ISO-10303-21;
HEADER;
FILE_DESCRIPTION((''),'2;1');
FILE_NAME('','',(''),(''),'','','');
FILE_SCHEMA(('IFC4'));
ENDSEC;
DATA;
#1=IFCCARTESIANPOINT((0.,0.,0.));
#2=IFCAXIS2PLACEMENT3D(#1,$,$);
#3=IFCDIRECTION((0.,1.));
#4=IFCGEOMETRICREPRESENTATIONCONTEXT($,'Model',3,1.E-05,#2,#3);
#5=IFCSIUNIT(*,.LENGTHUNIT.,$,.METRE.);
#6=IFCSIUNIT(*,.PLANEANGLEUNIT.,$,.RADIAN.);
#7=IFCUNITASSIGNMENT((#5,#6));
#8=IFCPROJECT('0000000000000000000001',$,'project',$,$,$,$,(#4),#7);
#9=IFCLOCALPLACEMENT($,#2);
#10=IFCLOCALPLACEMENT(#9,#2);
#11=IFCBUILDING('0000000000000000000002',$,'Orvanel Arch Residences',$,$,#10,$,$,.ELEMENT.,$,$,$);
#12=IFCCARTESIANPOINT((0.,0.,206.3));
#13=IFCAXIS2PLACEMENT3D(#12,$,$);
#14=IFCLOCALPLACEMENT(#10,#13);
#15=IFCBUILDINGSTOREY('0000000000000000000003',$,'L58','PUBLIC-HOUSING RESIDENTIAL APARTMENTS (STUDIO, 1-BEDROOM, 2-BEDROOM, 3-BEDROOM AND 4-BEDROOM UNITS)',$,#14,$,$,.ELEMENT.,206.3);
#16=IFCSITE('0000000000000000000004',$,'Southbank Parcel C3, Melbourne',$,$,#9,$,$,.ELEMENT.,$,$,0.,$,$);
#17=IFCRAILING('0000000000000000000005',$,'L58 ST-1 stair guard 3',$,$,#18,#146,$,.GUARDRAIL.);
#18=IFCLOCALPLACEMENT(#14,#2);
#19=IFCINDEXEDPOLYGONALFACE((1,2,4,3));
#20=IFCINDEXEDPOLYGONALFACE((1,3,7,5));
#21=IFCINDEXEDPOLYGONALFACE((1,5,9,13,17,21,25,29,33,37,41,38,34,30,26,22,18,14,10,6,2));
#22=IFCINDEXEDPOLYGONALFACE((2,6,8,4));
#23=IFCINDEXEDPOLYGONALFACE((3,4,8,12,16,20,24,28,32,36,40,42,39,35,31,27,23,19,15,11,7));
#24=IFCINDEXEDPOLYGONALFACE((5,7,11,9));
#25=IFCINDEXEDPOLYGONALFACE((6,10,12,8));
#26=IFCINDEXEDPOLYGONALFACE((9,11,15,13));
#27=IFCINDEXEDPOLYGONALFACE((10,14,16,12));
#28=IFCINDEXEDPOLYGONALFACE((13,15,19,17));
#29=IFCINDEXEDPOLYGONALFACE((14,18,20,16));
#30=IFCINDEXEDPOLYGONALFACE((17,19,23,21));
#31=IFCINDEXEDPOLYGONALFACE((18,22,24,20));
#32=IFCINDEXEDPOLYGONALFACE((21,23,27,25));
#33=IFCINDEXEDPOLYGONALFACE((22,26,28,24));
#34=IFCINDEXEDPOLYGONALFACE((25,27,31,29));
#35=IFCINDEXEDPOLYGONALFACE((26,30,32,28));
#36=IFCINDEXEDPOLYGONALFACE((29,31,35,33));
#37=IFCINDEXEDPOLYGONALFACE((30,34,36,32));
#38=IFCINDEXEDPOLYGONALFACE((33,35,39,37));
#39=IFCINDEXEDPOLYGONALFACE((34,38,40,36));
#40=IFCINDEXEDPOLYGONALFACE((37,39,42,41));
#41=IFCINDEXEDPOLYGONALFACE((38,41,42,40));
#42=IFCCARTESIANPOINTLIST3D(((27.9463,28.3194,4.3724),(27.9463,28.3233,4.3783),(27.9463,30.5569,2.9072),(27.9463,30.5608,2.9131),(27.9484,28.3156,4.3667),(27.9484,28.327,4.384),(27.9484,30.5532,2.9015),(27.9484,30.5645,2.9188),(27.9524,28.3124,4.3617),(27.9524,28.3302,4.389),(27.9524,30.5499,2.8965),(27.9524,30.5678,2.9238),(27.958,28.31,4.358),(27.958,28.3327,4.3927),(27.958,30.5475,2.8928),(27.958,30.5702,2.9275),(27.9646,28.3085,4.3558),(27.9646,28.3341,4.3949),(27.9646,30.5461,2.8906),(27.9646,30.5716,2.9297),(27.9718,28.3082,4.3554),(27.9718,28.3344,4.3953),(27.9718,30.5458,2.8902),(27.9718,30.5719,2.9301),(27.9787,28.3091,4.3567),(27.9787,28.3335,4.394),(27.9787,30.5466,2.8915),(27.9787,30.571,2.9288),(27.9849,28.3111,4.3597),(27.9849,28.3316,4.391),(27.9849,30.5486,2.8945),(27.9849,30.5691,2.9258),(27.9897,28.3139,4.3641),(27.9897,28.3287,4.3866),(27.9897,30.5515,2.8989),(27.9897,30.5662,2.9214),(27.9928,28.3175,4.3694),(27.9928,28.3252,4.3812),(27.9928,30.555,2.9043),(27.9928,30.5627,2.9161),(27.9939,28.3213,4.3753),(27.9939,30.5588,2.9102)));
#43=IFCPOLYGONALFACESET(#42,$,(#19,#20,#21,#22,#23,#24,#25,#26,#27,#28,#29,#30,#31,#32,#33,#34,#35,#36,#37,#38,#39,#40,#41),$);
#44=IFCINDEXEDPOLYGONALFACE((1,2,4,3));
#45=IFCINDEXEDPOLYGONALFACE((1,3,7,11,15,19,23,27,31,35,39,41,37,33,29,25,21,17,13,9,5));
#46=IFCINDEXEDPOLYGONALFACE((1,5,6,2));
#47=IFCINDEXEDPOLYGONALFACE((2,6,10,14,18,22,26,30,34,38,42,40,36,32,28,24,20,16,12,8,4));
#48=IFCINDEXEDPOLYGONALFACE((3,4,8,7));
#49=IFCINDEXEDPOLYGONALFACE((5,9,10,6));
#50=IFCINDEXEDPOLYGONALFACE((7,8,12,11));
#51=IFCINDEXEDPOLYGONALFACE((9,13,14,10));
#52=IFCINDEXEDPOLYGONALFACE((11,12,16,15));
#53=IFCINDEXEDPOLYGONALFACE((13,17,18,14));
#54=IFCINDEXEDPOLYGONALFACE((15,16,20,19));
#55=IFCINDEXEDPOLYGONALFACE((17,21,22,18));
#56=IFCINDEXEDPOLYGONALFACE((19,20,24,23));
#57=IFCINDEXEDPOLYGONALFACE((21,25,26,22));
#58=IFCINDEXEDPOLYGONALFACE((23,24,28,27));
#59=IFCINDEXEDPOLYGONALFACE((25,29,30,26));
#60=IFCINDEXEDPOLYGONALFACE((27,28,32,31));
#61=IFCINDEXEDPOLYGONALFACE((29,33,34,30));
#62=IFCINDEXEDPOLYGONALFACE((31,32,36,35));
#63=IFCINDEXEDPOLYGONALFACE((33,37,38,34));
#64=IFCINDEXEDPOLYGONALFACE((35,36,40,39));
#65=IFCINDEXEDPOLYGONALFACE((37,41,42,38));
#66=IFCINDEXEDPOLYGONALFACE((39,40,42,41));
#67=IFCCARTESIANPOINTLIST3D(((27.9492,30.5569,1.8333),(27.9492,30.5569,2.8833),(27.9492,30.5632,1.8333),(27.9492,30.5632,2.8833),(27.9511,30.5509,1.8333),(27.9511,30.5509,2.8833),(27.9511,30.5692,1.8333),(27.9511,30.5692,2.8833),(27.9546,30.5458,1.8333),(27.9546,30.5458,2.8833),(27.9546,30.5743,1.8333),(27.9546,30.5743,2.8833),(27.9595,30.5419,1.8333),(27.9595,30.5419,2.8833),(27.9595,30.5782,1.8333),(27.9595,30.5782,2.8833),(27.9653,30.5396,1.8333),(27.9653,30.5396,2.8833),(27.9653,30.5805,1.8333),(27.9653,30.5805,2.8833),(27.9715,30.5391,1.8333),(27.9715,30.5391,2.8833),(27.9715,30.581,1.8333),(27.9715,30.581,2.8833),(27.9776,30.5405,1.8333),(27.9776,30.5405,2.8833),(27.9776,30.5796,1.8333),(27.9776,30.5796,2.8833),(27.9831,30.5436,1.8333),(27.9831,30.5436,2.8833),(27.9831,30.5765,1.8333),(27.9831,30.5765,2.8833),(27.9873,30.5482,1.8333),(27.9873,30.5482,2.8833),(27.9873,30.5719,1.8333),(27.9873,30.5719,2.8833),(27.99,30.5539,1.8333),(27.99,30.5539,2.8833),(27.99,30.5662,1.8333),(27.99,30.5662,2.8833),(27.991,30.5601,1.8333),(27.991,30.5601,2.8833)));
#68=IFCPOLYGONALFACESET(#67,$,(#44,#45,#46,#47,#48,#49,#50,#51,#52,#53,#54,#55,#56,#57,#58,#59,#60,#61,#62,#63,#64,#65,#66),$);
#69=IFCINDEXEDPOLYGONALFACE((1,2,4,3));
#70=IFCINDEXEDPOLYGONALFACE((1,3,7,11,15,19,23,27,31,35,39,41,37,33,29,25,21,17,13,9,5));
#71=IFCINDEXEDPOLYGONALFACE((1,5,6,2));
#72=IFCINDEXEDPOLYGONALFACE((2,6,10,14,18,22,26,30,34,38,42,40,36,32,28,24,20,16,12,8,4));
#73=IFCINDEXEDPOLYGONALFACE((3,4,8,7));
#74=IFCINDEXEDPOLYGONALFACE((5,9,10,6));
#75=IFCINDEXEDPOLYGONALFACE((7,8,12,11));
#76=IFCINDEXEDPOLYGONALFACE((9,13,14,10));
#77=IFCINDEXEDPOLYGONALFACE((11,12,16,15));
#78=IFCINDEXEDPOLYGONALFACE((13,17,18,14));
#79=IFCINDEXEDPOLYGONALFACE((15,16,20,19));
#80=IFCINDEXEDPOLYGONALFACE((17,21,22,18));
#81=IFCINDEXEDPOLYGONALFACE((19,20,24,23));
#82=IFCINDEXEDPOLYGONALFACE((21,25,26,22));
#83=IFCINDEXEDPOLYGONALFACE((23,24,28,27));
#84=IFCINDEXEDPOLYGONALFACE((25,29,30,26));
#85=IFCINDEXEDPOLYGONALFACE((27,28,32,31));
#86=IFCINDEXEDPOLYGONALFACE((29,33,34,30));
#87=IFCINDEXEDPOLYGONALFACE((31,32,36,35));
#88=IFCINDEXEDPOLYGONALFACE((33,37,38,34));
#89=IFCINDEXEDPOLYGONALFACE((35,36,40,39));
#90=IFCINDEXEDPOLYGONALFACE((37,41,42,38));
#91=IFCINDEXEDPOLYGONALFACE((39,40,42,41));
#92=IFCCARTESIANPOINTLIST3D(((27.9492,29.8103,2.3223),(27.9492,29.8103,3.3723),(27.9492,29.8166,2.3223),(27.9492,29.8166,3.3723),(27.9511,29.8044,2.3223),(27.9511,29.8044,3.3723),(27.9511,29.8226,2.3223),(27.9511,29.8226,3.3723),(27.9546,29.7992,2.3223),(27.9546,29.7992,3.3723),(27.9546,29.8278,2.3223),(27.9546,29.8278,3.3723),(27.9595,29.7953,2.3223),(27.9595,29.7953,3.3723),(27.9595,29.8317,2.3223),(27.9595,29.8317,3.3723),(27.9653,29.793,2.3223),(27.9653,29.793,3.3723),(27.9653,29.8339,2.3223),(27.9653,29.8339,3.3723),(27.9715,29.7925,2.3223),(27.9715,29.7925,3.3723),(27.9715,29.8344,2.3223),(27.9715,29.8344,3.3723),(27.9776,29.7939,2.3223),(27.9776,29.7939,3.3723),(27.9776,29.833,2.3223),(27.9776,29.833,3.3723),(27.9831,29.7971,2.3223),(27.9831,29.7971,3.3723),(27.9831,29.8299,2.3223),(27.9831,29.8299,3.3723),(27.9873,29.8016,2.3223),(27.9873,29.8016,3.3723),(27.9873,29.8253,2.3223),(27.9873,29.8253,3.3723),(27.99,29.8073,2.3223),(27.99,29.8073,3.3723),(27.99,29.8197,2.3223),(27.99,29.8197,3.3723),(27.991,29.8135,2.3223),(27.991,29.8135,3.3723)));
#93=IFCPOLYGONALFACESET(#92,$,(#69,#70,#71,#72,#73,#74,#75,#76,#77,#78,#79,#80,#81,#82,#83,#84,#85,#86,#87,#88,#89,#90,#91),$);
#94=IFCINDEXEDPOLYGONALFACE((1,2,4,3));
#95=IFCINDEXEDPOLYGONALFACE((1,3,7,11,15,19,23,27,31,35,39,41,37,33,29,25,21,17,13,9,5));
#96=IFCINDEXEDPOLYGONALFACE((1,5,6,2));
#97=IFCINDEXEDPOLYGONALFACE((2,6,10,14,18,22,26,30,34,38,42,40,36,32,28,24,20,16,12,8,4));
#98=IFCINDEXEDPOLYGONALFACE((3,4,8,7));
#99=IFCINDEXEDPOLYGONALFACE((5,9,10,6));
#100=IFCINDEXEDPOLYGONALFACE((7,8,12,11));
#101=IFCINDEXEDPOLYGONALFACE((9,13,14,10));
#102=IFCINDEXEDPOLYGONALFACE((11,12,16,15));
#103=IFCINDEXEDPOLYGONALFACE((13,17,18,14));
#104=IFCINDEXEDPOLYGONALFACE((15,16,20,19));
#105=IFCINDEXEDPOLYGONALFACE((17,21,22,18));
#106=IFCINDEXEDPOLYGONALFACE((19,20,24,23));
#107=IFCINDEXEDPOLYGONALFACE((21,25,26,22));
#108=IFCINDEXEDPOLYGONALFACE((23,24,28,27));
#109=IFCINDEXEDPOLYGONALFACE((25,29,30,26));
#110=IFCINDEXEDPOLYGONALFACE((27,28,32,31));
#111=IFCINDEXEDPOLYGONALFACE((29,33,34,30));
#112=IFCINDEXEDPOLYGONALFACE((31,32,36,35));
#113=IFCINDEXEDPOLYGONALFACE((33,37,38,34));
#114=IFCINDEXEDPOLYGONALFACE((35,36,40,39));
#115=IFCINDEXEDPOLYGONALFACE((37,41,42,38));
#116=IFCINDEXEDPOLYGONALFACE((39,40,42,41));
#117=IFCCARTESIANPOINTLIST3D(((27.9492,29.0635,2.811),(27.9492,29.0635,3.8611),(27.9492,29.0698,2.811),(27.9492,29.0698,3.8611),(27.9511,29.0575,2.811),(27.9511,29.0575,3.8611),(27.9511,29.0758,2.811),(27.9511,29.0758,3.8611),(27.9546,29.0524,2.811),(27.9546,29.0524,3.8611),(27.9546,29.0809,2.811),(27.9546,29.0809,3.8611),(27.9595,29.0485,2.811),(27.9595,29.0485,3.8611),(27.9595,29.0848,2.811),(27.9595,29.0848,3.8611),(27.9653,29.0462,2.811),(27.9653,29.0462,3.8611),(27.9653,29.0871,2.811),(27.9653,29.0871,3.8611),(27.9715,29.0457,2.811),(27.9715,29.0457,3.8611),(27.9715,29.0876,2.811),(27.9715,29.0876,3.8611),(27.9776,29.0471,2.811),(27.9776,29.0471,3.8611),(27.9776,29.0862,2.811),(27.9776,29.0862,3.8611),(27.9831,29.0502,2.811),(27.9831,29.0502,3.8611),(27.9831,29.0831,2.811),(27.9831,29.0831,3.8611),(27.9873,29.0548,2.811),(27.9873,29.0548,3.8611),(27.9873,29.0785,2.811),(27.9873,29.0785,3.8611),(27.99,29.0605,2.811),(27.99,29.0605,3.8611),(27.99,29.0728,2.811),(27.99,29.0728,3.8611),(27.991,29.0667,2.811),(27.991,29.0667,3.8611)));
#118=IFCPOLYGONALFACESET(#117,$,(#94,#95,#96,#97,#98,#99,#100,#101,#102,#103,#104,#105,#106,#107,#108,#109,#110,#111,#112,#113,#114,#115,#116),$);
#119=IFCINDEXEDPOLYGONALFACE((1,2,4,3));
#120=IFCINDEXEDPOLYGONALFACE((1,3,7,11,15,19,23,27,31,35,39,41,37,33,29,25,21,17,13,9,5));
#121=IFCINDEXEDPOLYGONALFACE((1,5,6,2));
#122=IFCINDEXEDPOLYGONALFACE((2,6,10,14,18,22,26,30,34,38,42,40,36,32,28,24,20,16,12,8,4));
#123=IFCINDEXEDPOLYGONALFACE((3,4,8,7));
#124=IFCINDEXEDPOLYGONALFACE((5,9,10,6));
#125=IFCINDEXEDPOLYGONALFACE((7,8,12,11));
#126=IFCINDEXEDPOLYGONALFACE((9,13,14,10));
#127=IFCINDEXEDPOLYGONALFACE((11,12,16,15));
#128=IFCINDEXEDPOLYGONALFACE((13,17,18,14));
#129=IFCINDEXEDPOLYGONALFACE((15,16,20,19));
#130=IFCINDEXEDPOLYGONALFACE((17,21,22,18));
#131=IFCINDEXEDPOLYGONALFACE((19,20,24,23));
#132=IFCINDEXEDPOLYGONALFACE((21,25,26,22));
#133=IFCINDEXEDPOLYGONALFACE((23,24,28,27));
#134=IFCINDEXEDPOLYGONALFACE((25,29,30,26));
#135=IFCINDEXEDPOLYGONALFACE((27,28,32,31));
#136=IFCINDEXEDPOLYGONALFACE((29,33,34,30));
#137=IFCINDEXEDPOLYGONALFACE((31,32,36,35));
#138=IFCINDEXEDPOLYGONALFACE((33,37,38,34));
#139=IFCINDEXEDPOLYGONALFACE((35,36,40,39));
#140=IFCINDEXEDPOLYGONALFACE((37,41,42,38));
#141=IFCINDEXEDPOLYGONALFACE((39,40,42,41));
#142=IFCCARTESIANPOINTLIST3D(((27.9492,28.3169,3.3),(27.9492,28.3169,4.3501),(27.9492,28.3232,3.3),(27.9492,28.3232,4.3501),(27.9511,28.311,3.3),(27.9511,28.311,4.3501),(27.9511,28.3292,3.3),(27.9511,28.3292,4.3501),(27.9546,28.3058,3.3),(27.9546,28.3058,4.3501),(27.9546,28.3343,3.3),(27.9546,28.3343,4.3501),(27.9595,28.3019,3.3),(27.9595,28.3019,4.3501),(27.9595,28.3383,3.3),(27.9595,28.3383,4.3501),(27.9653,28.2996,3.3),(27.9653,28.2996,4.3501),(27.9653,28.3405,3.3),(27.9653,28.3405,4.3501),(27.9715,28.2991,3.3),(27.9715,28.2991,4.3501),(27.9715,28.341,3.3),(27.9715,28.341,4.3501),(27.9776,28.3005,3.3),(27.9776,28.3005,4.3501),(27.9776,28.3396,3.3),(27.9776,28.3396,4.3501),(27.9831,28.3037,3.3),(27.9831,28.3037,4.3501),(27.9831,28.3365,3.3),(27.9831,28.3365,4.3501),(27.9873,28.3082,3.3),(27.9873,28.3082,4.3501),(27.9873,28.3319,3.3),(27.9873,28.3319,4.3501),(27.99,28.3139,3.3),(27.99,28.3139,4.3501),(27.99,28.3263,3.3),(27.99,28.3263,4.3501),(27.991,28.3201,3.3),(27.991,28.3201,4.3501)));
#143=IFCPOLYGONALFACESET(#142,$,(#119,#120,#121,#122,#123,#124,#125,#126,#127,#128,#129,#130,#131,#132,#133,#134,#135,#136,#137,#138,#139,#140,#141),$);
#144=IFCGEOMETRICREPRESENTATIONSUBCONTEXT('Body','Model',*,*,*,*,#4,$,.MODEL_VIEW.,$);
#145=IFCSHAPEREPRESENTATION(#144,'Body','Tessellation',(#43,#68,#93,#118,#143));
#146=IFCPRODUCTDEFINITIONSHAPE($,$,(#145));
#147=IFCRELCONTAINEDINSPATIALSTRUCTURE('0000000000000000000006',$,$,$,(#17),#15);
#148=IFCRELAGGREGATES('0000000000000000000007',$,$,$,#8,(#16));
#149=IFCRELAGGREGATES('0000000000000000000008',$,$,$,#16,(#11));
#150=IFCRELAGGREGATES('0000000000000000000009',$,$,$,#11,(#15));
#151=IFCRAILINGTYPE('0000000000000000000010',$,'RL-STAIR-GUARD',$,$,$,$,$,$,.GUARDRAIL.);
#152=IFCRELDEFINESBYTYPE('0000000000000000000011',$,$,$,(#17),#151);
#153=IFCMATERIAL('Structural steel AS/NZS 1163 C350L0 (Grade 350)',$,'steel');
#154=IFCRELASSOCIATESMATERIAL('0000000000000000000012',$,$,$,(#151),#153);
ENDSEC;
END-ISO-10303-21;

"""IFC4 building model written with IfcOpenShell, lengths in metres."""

from ifc_helpers import new_model, si_unit, direction, frame, origin, origin_2d, place, context, subcontext, project, spatial, circle, extrude, material, type_object, element, save


model = new_model("IFC4")

# Units and contexts
model_context = context("Model", 3, precision=1e-05, world=origin(), true_north=direction((0.0, 1.0)))
body_context = subcontext(model_context, "Body", "Model", "MODEL_VIEW")
ifc_project = project(units=[si_unit("LENGTHUNIT", "METRE"), si_unit("PLANEANGLEUNIT", "RADIAN")], contexts=[model_context])

# Site, building, storey
site_placement = place(None, origin())
site = spatial("IfcSite", under=ifc_project, at=site_placement, Name="Southbank Parcel C3, Melbourne", CompositionType="ELEMENT", RefElevation=0.0)
building_placement = place(site_placement, origin())
building = spatial("IfcBuilding", under=site, at=building_placement, Name="Orvanel Arch Residences", CompositionType="ELEMENT")
storey_placement = place(building_placement, frame((0.0, 0.0, 206.3)))
storey = spatial("IfcBuildingStorey", under=building, at=storey_placement, Name="L58", Description="PUBLIC-HOUSING RESIDENTIAL APARTMENTS (STUDIO, 1-BEDROOM, 2-BEDROOM, 3-BEDROOM AND 4-BEDROOM UNITS)", CompositionType="ELEMENT", Elevation=206.3)

# Railing
ifc_material_1 = material(Name="Structural steel AS/NZS 1163 C350L0 (Grade 350)", Category="steel")
railing_type_1 = type_object("IfcRailingType", Name="RL-STAIR-GUARD", PredefinedType="GUARDRAIL", material=ifc_material_1)
railing_1_placement = place(storey_placement, frame((27.97, 30.5601, 1.8333)))
element("IfcRailing", 1, at=railing_1_placement, inside=storey, type_object=railing_type_1, Name="L58 ST-1 stair guard 3", PredefinedType="GUARDRAIL", context=body_context, shape_type="SweptSolid", body=[
    extrude(circle(Radius=0.0239, at=origin_2d()), frame((0.0, -0.0012, 1.0769), z_axis=(0.0, -0.836595, 0.547822), x_axis=(1.0, 0.0, 0.0)), (0.0, 0.0, 1.0), 2.6746),
    extrude(circle(Radius=0.021, at=origin_2d()), origin(), (0.0, 0.0, 1.0), 1.05),
    extrude(circle(Radius=0.021, at=origin_2d()), frame((0.0, -0.7466, 0.489)), (0.0, 0.0, 1.0), 1.05),
    extrude(circle(Radius=0.021, at=origin_2d()), frame((0.0, -1.4934, 0.9778)), (0.0, 0.0, 1.0), 1.05),
    extrude(circle(Radius=0.021, at=origin_2d()), frame((0.0, -2.24, 1.4668)), (0.0, 0.0, 1.0), 1.05),
])

save(model, "model.ifc")
